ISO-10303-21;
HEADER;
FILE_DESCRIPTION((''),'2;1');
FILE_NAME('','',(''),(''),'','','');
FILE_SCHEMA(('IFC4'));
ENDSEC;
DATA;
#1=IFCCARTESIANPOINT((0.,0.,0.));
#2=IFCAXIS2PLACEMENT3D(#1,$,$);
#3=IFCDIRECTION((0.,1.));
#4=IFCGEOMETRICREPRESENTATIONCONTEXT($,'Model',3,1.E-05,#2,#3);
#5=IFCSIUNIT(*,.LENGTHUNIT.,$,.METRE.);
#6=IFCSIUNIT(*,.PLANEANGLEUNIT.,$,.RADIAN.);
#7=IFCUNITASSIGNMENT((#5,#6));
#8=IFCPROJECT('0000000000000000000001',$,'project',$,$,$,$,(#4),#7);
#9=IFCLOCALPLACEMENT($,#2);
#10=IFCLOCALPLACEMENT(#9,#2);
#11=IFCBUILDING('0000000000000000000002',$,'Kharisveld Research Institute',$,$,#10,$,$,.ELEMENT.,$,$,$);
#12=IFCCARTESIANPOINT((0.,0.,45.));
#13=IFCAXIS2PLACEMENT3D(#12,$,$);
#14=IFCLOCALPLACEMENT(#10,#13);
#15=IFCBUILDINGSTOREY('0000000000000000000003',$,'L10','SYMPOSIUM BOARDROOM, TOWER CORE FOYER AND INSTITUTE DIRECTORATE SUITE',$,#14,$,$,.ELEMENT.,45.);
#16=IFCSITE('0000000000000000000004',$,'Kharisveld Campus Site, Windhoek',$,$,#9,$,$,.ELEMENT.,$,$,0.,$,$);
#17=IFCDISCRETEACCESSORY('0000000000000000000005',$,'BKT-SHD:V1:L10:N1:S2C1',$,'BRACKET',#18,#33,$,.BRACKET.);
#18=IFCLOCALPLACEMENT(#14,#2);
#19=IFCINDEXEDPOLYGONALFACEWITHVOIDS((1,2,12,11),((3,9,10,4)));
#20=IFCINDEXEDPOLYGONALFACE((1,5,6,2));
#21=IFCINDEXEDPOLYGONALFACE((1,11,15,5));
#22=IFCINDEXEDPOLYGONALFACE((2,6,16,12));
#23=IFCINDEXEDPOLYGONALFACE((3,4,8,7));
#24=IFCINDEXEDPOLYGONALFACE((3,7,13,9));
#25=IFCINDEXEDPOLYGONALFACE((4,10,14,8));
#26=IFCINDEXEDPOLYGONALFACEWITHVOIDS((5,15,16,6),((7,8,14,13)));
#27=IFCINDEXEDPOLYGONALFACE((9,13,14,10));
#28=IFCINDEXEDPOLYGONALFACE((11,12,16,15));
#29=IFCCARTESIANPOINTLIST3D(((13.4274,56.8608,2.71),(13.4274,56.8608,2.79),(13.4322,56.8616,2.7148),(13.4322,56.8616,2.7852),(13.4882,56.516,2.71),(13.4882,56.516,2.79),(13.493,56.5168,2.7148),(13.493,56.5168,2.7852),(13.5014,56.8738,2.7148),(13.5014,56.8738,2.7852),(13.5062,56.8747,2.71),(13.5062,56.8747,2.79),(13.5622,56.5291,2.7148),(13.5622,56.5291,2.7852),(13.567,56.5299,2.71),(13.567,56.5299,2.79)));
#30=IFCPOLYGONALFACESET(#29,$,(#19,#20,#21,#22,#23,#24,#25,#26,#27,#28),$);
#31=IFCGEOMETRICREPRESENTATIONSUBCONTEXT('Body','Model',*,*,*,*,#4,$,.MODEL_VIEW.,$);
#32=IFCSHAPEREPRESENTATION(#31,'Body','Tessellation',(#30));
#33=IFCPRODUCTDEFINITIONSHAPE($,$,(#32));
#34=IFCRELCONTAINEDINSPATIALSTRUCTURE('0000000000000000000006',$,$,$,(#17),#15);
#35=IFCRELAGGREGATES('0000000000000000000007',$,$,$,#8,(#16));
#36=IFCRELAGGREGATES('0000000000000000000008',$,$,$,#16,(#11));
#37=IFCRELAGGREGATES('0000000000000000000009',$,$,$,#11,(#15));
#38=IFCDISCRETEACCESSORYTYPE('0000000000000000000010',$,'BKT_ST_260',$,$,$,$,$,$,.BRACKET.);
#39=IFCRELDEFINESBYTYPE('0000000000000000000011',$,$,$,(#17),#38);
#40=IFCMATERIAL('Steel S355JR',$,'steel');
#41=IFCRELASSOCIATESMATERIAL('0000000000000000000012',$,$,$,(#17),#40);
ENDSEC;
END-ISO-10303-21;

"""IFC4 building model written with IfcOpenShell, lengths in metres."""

from ifc_helpers import new_model, si_unit, direction, frame, origin, origin_2d, place, context, subcontext, project, spatial, hollow_rectangle, extrude, material, type_object, element, save


model = new_model("IFC4")

# Units and contexts
model_context = context("Model", 3, precision=1e-05, world=origin(), true_north=direction((0.0, 1.0)))
body_context = subcontext(model_context, "Body", "Model", "MODEL_VIEW")
ifc_project = project(units=[si_unit("LENGTHUNIT", "METRE"), si_unit("PLANEANGLEUNIT", "RADIAN")], contexts=[model_context])

# Site, building, storey
site_placement = place(None, origin())
site = spatial("IfcSite", under=ifc_project, at=site_placement, Name="Kharisveld Campus Site, Windhoek", CompositionType="ELEMENT", RefElevation=0.0)
building_placement = place(site_placement, origin())
building = spatial("IfcBuilding", under=site, at=building_placement, Name="Kharisveld Research Institute", CompositionType="ELEMENT")
storey_placement = place(building_placement, frame((0.0, 0.0, 45.0)))
storey = spatial("IfcBuildingStorey", under=building, at=storey_placement, Name="L10", Description="SYMPOSIUM BOARDROOM, TOWER CORE FOYER AND INSTITUTE DIRECTORATE SUITE", CompositionType="ELEMENT", Elevation=45.0)

# Discrete accessory
ifc_material_1 = material(Name="Steel S355JR", Category="steel")
discrete_accessory_type = type_object("IfcDiscreteAccessoryType", Name="BKT_ST_260", PredefinedType="BRACKET")
for number, where, z_axis, x_axis, name in (
    (1, (13.5276, 56.5229, 2.75), (-0.173666, 0.984805, 0.0), (-0.984805, -0.173666, 0.0), "BKT-SHD:V1:L10:N1:S2C1"),
):
    element("IfcDiscreteAccessory", number, at=place(storey_placement, frame(where, z_axis=z_axis, x_axis=x_axis)), inside=storey, type_object=discrete_accessory_type, material=ifc_material_1, Name=name, ObjectType="BRACKET", PredefinedType="BRACKET", context=body_context, shape_type="SweptSolid", body=[
        extrude(hollow_rectangle(XDim=0.0801, YDim=0.0801, WallThickness=0.0049, at=origin_2d()), origin(), (0.0, 0.0, 1.0), 0.3501),
    ])

save(model, "model.ifc")
